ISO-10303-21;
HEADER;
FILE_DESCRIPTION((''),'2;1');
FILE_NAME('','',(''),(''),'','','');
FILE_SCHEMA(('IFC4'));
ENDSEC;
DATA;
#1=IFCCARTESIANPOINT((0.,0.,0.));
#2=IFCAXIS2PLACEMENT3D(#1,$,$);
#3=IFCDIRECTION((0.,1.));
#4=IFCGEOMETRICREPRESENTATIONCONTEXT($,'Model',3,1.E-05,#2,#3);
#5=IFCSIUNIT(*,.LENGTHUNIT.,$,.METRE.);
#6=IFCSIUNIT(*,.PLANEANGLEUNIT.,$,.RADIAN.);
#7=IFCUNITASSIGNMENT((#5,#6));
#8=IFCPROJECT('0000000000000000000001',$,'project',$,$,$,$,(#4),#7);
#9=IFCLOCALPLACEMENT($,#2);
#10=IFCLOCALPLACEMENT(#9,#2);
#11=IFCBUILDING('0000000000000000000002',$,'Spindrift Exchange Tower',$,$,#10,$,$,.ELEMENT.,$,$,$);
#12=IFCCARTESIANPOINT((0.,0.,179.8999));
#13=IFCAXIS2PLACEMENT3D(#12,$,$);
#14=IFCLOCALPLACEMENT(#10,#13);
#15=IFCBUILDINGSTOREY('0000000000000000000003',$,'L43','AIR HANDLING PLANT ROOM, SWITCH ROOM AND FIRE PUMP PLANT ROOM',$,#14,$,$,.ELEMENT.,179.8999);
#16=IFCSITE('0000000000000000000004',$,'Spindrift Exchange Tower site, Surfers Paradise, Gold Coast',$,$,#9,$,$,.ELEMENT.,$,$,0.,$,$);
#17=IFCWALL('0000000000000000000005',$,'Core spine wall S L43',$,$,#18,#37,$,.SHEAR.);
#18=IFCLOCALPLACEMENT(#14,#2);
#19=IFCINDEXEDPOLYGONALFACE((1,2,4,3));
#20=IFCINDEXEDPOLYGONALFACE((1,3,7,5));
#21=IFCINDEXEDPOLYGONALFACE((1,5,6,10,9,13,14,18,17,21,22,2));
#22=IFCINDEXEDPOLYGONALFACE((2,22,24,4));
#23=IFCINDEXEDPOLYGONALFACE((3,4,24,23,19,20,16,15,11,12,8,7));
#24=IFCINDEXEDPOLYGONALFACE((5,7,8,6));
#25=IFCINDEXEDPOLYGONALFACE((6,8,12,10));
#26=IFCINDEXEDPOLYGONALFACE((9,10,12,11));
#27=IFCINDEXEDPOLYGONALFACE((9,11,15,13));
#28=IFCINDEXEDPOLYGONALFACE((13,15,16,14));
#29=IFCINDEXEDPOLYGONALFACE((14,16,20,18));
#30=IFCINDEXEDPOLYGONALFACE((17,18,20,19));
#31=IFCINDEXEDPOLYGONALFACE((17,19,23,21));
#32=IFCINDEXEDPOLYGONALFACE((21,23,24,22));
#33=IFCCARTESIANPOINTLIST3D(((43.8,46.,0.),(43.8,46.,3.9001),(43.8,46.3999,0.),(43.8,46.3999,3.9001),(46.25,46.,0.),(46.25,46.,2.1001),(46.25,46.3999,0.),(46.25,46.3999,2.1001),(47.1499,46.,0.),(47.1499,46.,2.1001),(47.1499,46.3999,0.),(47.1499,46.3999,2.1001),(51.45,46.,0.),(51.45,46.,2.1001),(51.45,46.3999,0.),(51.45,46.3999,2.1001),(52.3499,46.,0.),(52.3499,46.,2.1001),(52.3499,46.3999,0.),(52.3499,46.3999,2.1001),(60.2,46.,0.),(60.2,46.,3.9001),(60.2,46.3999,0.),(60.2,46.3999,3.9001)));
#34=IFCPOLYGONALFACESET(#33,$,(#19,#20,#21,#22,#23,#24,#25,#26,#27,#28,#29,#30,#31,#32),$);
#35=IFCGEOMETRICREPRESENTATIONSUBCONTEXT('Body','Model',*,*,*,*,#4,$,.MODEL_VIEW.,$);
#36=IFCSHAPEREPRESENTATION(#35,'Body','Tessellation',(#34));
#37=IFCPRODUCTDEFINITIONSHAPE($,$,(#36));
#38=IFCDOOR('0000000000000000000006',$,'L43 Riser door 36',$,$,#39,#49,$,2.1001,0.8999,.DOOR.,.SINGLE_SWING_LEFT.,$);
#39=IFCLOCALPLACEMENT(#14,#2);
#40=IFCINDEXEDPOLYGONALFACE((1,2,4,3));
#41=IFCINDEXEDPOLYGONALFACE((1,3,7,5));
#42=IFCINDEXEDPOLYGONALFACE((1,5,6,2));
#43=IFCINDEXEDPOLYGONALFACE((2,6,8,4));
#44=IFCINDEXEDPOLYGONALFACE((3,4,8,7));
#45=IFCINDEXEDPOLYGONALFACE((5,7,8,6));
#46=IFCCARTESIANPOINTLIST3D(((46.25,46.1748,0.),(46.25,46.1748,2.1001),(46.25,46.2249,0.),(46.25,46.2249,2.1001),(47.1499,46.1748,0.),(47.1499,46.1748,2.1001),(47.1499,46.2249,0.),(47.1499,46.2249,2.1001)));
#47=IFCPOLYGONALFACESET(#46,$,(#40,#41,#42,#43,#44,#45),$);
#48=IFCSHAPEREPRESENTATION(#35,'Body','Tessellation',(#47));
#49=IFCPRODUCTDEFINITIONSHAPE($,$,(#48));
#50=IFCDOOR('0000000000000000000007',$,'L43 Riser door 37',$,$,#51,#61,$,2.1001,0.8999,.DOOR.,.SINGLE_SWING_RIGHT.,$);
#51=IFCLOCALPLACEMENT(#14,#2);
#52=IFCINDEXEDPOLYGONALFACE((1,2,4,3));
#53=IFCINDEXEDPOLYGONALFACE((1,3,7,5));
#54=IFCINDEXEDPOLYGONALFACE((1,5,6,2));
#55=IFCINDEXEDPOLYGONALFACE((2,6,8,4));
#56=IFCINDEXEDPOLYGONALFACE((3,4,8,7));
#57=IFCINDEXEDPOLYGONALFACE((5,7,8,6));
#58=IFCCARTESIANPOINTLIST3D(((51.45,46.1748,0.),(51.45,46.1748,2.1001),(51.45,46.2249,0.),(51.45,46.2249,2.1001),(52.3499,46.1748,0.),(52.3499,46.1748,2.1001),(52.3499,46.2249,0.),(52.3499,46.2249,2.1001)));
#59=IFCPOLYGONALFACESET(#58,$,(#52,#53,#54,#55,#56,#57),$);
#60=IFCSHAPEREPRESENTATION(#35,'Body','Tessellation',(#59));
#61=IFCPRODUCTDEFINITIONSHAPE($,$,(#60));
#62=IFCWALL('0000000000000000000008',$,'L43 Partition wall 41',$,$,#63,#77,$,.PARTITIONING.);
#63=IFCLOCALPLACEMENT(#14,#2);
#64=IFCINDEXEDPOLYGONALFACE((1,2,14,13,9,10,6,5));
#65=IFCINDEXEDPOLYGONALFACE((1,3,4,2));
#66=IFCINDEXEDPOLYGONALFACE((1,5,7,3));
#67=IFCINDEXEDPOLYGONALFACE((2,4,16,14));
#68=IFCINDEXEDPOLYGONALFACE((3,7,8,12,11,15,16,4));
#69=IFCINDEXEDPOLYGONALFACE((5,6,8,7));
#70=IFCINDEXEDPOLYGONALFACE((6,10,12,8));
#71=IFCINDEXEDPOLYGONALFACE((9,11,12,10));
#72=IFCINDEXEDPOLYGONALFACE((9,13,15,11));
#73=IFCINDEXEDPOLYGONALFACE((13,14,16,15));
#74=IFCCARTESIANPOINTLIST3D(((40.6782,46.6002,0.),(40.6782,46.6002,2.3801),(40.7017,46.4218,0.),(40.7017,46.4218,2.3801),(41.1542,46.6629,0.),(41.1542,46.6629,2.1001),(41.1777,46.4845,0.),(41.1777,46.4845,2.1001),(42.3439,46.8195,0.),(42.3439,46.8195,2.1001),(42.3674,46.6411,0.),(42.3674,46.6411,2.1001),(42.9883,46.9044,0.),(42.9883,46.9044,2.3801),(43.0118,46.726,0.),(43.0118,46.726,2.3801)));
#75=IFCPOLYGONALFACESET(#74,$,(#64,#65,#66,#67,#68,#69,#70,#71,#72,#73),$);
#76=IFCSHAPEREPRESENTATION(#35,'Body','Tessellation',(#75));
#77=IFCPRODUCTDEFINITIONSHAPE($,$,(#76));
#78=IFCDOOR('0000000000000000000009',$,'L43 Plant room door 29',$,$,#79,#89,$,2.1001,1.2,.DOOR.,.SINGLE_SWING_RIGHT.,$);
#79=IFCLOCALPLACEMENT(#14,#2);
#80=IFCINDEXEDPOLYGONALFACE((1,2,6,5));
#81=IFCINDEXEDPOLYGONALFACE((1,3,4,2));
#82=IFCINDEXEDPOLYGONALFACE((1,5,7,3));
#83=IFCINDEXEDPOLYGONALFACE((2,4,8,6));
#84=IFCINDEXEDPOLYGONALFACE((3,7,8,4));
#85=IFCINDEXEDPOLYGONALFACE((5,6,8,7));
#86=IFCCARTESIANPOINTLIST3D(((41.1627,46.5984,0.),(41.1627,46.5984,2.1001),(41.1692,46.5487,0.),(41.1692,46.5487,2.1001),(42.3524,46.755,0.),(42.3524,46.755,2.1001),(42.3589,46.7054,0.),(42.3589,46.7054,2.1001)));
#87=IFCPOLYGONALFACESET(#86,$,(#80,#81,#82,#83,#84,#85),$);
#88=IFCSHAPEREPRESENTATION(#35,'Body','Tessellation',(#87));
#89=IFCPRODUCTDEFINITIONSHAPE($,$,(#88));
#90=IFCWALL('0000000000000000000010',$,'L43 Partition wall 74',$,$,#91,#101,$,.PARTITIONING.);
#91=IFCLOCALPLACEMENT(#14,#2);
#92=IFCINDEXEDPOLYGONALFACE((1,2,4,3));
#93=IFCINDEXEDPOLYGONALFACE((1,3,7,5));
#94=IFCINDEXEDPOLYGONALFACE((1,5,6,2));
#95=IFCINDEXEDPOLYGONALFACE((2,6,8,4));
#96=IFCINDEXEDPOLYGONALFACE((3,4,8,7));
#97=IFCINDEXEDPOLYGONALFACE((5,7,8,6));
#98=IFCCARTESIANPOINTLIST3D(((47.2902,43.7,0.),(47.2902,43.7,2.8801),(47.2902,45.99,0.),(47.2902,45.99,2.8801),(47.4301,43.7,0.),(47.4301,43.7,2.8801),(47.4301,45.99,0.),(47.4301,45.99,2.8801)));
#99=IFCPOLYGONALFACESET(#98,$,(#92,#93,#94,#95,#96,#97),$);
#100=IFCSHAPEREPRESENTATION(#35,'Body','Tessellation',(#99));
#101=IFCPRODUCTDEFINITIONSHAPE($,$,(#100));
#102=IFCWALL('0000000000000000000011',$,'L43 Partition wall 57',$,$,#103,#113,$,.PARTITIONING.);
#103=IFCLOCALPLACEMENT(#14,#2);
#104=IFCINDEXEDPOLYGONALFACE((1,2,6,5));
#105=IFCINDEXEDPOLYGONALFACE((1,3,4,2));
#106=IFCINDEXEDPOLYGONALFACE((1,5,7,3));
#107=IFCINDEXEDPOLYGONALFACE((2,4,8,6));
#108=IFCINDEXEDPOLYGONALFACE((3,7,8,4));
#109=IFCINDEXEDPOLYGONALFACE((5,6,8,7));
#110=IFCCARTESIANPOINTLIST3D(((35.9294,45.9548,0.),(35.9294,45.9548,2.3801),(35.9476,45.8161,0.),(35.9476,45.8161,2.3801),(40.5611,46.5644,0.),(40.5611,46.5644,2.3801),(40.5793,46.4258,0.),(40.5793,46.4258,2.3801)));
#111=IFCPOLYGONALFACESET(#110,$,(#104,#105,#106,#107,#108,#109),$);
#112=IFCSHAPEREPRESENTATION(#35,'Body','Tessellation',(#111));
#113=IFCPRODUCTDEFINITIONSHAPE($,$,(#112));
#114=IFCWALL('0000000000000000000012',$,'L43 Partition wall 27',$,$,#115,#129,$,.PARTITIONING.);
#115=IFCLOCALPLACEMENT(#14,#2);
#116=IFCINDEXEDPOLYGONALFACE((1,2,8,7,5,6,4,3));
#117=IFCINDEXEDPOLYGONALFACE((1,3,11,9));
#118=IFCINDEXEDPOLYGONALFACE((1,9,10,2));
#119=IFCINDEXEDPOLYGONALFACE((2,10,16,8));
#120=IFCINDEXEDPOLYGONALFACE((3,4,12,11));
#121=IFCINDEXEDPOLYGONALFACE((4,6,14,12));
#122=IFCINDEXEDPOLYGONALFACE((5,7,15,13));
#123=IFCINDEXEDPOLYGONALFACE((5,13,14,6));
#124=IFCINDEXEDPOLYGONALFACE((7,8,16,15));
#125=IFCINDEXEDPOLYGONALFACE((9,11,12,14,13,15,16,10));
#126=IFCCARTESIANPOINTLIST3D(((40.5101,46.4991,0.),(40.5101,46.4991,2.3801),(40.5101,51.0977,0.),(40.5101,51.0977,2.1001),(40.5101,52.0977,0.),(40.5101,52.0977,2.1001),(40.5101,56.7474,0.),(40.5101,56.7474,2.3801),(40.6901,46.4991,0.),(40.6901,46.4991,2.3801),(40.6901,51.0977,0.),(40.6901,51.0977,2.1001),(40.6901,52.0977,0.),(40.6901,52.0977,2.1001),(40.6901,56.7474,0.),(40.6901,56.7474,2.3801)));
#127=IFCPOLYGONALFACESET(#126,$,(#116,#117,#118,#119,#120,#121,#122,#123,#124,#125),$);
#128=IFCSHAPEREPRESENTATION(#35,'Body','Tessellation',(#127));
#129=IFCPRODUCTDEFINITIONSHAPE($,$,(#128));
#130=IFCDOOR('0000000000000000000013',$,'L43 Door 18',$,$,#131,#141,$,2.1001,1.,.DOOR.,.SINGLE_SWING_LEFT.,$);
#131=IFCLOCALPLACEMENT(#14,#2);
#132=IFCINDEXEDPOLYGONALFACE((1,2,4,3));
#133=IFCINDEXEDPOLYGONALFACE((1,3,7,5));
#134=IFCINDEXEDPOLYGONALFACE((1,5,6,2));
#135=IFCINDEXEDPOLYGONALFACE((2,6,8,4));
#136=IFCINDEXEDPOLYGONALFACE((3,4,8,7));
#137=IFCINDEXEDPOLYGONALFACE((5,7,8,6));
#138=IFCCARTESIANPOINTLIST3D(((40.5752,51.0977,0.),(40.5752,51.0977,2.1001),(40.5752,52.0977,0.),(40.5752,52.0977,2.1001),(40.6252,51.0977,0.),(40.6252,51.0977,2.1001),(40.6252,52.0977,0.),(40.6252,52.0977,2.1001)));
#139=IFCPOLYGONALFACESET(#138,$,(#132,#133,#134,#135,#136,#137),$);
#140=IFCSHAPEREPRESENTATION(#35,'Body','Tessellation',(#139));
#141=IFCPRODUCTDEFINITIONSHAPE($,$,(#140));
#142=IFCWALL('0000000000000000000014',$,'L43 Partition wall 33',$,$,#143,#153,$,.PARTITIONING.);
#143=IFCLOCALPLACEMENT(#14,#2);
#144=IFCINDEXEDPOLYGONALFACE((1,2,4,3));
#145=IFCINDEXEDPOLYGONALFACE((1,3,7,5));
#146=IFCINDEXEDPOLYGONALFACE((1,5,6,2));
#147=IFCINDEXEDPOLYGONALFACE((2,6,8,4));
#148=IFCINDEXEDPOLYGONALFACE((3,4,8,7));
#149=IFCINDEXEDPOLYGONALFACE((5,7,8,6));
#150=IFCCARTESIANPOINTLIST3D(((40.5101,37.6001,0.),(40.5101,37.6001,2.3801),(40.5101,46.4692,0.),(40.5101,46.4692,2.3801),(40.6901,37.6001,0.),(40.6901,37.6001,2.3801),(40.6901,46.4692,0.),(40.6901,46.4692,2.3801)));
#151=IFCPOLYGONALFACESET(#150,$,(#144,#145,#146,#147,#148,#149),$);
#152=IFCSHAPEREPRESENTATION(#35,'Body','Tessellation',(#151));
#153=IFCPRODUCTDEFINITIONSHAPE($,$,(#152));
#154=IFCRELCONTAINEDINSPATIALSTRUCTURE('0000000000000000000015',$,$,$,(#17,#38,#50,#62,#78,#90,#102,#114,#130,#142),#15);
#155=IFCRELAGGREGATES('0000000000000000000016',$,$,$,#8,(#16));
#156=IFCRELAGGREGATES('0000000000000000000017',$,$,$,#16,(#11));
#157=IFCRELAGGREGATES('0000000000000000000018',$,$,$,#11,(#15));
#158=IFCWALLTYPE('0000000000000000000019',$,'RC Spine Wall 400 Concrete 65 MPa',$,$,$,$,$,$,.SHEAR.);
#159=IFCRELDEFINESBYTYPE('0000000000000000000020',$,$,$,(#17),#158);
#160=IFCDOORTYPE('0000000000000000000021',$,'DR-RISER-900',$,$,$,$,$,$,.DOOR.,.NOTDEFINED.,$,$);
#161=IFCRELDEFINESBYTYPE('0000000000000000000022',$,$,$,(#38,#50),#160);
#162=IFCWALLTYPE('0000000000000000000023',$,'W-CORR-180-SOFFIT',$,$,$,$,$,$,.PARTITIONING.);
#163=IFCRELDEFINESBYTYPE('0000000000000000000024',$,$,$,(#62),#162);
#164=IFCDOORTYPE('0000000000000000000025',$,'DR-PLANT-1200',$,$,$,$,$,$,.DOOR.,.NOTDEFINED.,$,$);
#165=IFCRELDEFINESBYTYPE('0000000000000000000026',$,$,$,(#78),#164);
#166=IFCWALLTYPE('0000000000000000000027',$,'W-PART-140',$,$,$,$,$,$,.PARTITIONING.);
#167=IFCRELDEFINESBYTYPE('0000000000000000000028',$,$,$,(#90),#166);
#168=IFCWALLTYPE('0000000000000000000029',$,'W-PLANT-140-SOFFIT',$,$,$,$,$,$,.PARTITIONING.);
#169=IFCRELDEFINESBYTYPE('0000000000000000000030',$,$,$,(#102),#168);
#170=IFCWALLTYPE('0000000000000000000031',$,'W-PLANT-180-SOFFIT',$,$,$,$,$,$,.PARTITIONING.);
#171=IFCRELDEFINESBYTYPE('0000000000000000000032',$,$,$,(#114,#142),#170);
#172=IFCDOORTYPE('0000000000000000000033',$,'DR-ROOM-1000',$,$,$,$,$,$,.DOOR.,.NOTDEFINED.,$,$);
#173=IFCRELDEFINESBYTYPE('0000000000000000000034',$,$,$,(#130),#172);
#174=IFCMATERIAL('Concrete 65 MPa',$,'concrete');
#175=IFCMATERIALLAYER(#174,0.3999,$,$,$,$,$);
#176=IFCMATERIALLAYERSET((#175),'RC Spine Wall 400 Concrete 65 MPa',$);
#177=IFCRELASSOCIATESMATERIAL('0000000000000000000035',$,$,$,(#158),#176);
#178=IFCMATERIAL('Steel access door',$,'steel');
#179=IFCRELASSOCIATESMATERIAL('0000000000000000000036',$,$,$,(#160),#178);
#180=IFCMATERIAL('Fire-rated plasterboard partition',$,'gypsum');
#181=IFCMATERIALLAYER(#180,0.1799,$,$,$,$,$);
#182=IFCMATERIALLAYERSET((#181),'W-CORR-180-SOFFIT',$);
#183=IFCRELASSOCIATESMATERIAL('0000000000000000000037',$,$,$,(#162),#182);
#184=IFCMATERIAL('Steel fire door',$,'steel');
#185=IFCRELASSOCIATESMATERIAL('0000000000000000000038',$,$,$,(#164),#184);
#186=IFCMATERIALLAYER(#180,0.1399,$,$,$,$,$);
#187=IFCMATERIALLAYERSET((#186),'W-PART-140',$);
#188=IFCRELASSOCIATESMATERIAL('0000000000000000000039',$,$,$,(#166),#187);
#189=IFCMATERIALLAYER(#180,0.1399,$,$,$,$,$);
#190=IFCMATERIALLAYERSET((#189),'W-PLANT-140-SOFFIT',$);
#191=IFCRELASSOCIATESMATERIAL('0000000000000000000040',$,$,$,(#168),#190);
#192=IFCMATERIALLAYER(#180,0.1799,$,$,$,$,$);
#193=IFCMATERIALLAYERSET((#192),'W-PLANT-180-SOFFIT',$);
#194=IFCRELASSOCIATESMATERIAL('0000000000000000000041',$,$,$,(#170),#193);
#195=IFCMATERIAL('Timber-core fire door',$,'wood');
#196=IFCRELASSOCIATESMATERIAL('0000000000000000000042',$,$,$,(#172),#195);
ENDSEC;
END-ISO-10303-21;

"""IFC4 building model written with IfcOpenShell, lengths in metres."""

from ifc_helpers import new_model, si_unit, direction, frame, frame_2d, origin, place, context, subcontext, project, spatial, rectangle, extrude, source, transform, mapped, material, layer, layer_set, type_object, element, fill, save


model = new_model("IFC4")

# Units and contexts
model_context = context("Model", 3, precision=1e-05, world=origin(), true_north=direction((0.0, 1.0)))
body_context = subcontext(model_context, "Body", "Model", "MODEL_VIEW")
ifc_project = project(units=[si_unit("LENGTHUNIT", "METRE"), si_unit("PLANEANGLEUNIT", "RADIAN")], contexts=[model_context])

# Site, building, storey
site_placement = place(None, origin())
site = spatial("IfcSite", under=ifc_project, at=site_placement, Name="Spindrift Exchange Tower site, Surfers Paradise, Gold Coast", CompositionType="ELEMENT", RefElevation=0.0)
building_placement = place(site_placement, origin())
building = spatial("IfcBuilding", under=site, at=building_placement, Name="Spindrift Exchange Tower", CompositionType="ELEMENT")
storey_placement = place(building_placement, frame((0.0, 0.0, 179.8999)))
storey = spatial("IfcBuildingStorey", under=building, at=storey_placement, Name="L43", Description="AIR HANDLING PLANT ROOM, SWITCH ROOM AND FIRE PUMP PLANT ROOM", CompositionType="ELEMENT", Elevation=179.8999)

# Wall, openings, doors
ifc_material_1 = material(Name="Concrete 65 MPa", Category="concrete")
ifc_material_2 = material(Name="Steel fire door", Category="steel")
ifc_material_3 = material(Name="Timber-core fire door", Category="wood")
ifc_material_4 = material(Name="Steel access door", Category="steel")
ifc_layer_1 = layer(ifc_material_1, 0.3999)
ifc_layer_set_1 = layer_set([ifc_layer_1], Name="RC Spine Wall 400 Concrete 65 MPa")
wall_type_1 = type_object("IfcWallType", Name="RC Spine Wall 400 Concrete 65 MPa", PredefinedType="SHEAR", material=ifc_layer_set_1)
wall_1_placement = place(storey_placement, frame((43.8, 46.2, 0.0), z_axis=(0.0, 0.0, 1.0), x_axis=(1.0, 0.0, 0.0)))
wall_1 = element("IfcWall", 1, at=wall_1_placement, inside=storey, type_object=wall_type_1, Name="Core spine wall S L43", PredefinedType="SHEAR", context=body_context, shape_type="SweptSolid", body=[
    extrude(rectangle(XDim=16.3999, YDim=0.3999, at=frame_2d((8.2, 0.0))), origin(), (0.0, 0.0, 1.0), 3.9001),
])
opening_1_placement = place(wall_1_placement, frame((2.45, 0.0, 0.0)))
opening_1 = element("IfcOpeningElement", 2, at=opening_1_placement, cuts=wall_1, PredefinedType="OPENING", context=body_context, shape_type="SweptSolid", body=[
    extrude(rectangle(XDim=0.8999, YDim=2.1001, at=frame_2d((0.45, 1.05))), frame((0.0, 0.21, 0.0), z_axis=(0.0, -1.0, 0.0), x_axis=(1.0, 0.0, 0.0)), (0.0, 0.0, 1.0), 0.4199),
])
opening_2_placement = place(wall_1_placement, frame((7.6499, 0.0, 0.0)))
opening_2 = element("IfcOpeningElement", 3, at=opening_2_placement, cuts=wall_1, PredefinedType="OPENING", context=body_context, shape_type="SweptSolid", body=[
    extrude(rectangle(XDim=0.8999, YDim=2.1001, at=frame_2d((0.45, 1.05))), frame((0.0, 0.21, 0.0), z_axis=(0.0, -1.0, 0.0), x_axis=(1.0, 0.0, 0.0)), (0.0, 0.0, 1.0), 0.4199),
])
door_type_1 = type_object("IfcDoorType", Name="DR-RISER-900", OperationType="NOTDEFINED", PredefinedType="DOOR", material=ifc_material_4)
shared_shape_1 = source(origin(), body_context, "Body", "SweptSolid", [
    extrude(rectangle(XDim=0.8999, YDim=2.1001, at=frame_2d((0.45, 1.05))), frame((0.0, 0.0249, 0.0), z_axis=(0.0, -1.0, 0.0), x_axis=(1.0, 0.0, 0.0)), (0.0, 0.0, 1.0), 0.05),
])
door_1_placement = place(opening_1_placement, origin())
door_1 = element("IfcDoor", 4, at=door_1_placement, inside=storey, type_object=door_type_1, Name="L43 Riser door 36", OperationType="SINGLE_SWING_LEFT", OverallHeight=2.1001, OverallWidth=0.8999, PredefinedType="DOOR", context=body_context, shape_type="MappedRepresentation", body=[
    mapped(shared_shape_1, transform((0.0, 0.0, 0.0), scale=1.0)),
])
fill(opening_1, door_1)
door_2_placement = place(opening_2_placement, origin())
door_2 = element("IfcDoor", 5, at=door_2_placement, inside=storey, type_object=door_type_1, Name="L43 Riser door 37", OperationType="SINGLE_SWING_RIGHT", OverallHeight=2.1001, OverallWidth=0.8999, PredefinedType="DOOR", context=body_context, shape_type="MappedRepresentation", body=[
    mapped(shared_shape_1, transform((0.0, 0.0, 0.0), scale=1.0)),
])
fill(opening_2, door_2)

# Wall, opening, door
ifc_material_5 = material(Name="Fire-rated plasterboard partition", Category="gypsum")
ifc_layer_2 = layer(ifc_material_5, 0.1799)
ifc_layer_set_2 = layer_set([ifc_layer_2], Name="W-CORR-180-SOFFIT")
wall_type_2 = type_object("IfcWallType", Name="W-CORR-180-SOFFIT", PredefinedType="PARTITIONING", material=ifc_layer_set_2)
wall_2_placement = place(storey_placement, frame((40.6899, 46.511, 0.0), z_axis=(0.0, 0.0, 1.0), x_axis=(0.991441, 0.130558, 0.0)))
wall_2 = element("IfcWall", 6, at=wall_2_placement, inside=storey, type_object=wall_type_2, Name="L43 Partition wall 41", PredefinedType="PARTITIONING", context=body_context, shape_type="SweptSolid", body=[
    extrude(rectangle(XDim=2.3301, YDim=0.1799, at=frame_2d((1.165, 0.0))), origin(), (0.0, 0.0, 1.0), 2.3801),
])
opening_3_placement = place(wall_2_placement, frame((0.48, 0.0, 0.0)))
opening_3 = element("IfcOpeningElement", 7, at=opening_3_placement, cuts=wall_2, PredefinedType="OPENING", context=body_context, shape_type="SweptSolid", body=[
    extrude(rectangle(XDim=1.2, YDim=2.1001, at=frame_2d((0.6001, 1.05))), frame((0.0, 0.0999, 0.0), z_axis=(0.0, -1.0, 0.0), x_axis=(1.0, 0.0, 0.0)), (0.0, 0.0, 1.0), 0.2),
])
door_type_2 = type_object("IfcDoorType", Name="DR-PLANT-1200", OperationType="NOTDEFINED", PredefinedType="DOOR", material=ifc_material_2)
shared_shape_2 = source(origin(), body_context, "Body", "SweptSolid", [
    extrude(rectangle(XDim=1.2, YDim=2.1001, at=frame_2d((0.6001, 1.05))), frame((0.0, 0.0249, 0.0), z_axis=(0.0, -1.0, 0.0), x_axis=(1.0, 0.0, 0.0)), (0.0, 0.0, 1.0), 0.05),
])
door_3_placement = place(opening_3_placement, origin())
door_3 = element("IfcDoor", 8, at=door_3_placement, inside=storey, type_object=door_type_2, Name="L43 Plant room door 29", OperationType="SINGLE_SWING_RIGHT", OverallHeight=2.1001, OverallWidth=1.2, PredefinedType="DOOR", context=body_context, shape_type="MappedRepresentation", body=[
    mapped(shared_shape_2, transform((0.0, 0.0, 0.0), scale=1.0)),
])
fill(opening_3, door_3)

# Walls
ifc_layer_3 = layer(ifc_material_5, 0.1399)
ifc_layer_set_3 = layer_set([ifc_layer_3], Name="W-PART-140")
wall_type_3 = type_object("IfcWallType", Name="W-PART-140", PredefinedType="PARTITIONING", material=ifc_layer_set_3)
wall_3_placement = place(storey_placement, frame((47.3601, 43.7, 0.0), z_axis=(0.0, 0.0, 1.0), x_axis=(0.0, 1.0, 0.0)))
element("IfcWall", 9, at=wall_3_placement, inside=storey, type_object=wall_type_3, Name="L43 Partition wall 74", PredefinedType="PARTITIONING", context=body_context, shape_type="SweptSolid", body=[
    extrude(rectangle(XDim=2.29, YDim=0.1399, at=frame_2d((1.145, 0.0))), origin(), (0.0, 0.0, 1.0), 2.8801),
])
ifc_layer_4 = layer(ifc_material_5, 0.1399)
ifc_layer_set_4 = layer_set([ifc_layer_4], Name="W-PLANT-140-SOFFIT")
wall_type_4 = type_object("IfcWallType", Name="W-PLANT-140-SOFFIT", PredefinedType="PARTITIONING", material=ifc_layer_set_4)
wall_4_placement = place(storey_placement, frame((40.5703, 46.4951, 0.0), z_axis=(0.0, 0.0, 1.0), x_axis=(-0.991449, -0.130496, 0.0)))
element("IfcWall", 10, at=wall_4_placement, inside=storey, type_object=wall_type_4, Name="L43 Partition wall 57", PredefinedType="PARTITIONING", context=body_context, shape_type="SweptSolid", body=[
    extrude(rectangle(XDim=4.6716, YDim=0.1399, at=frame_2d((2.3359, 0.0))), origin(), (0.0, 0.0, 1.0), 2.3801),
])

# Wall, opening, door
ifc_layer_5 = layer(ifc_material_5, 0.1799)
ifc_layer_set_5 = layer_set([ifc_layer_5], Name="W-PLANT-180-SOFFIT")
wall_type_5 = type_object("IfcWallType", Name="W-PLANT-180-SOFFIT", PredefinedType="PARTITIONING", material=ifc_layer_set_5)
wall_5_placement = place(storey_placement, frame((40.6001, 46.4993, 0.0), z_axis=(0.0, 0.0, 1.0), x_axis=(0.0, 1.0, 0.0)))
wall_5 = element("IfcWall", 11, at=wall_5_placement, inside=storey, type_object=wall_type_5, Name="L43 Partition wall 27", PredefinedType="PARTITIONING", context=body_context, shape_type="SweptSolid", body=[
    extrude(rectangle(XDim=10.2483, YDim=0.1799, at=frame_2d((5.124, 0.0))), origin(), (0.0, 0.0, 1.0), 2.3801),
])
opening_4_placement = place(wall_5_placement, frame((4.5984, 0.0, 0.0)))
opening_4 = element("IfcOpeningElement", 12, at=opening_4_placement, cuts=wall_5, PredefinedType="OPENING", context=body_context, shape_type="SweptSolid", body=[
    extrude(rectangle(XDim=1.0, YDim=2.1001, at=frame_2d((0.5, 1.05))), frame((0.0, 0.0999, 0.0), z_axis=(0.0, -1.0, 0.0), x_axis=(1.0, 0.0, 0.0)), (0.0, 0.0, 1.0), 0.2),
])
door_type_3 = type_object("IfcDoorType", Name="DR-ROOM-1000", OperationType="NOTDEFINED", PredefinedType="DOOR", material=ifc_material_3)
shared_shape_3 = source(origin(), body_context, "Body", "SweptSolid", [
    extrude(rectangle(XDim=1.0, YDim=2.1001, at=frame_2d((0.5, 1.05))), frame((0.0, 0.0249, 0.0), z_axis=(0.0, -1.0, 0.0), x_axis=(1.0, 0.0, 0.0)), (0.0, 0.0, 1.0), 0.05),
])
door_4_placement = place(opening_4_placement, origin())
door_4 = element("IfcDoor", 13, at=door_4_placement, inside=storey, type_object=door_type_3, Name="L43 Door 18", OperationType="SINGLE_SWING_LEFT", OverallHeight=2.1001, OverallWidth=1.0, PredefinedType="DOOR", context=body_context, shape_type="MappedRepresentation", body=[
    mapped(shared_shape_3, transform((0.0, 0.0, 0.0), scale=1.0)),
])
fill(opening_4, door_4)

# Wall
wall_6_placement = place(storey_placement, frame((40.6001, 46.4692, 0.0), z_axis=(0.0, 0.0, 1.0), x_axis=(0.0, -1.0, 0.0)))
element("IfcWall", 14, at=wall_6_placement, inside=storey, type_object=wall_type_5, Name="L43 Partition wall 33", PredefinedType="PARTITIONING", context=body_context, shape_type="SweptSolid", body=[
    extrude(rectangle(XDim=8.8691, YDim=0.1799, at=frame_2d((4.4346, 0.0))), origin(), (0.0, 0.0, 1.0), 2.3801),
])

save(model, "model.ifc")
